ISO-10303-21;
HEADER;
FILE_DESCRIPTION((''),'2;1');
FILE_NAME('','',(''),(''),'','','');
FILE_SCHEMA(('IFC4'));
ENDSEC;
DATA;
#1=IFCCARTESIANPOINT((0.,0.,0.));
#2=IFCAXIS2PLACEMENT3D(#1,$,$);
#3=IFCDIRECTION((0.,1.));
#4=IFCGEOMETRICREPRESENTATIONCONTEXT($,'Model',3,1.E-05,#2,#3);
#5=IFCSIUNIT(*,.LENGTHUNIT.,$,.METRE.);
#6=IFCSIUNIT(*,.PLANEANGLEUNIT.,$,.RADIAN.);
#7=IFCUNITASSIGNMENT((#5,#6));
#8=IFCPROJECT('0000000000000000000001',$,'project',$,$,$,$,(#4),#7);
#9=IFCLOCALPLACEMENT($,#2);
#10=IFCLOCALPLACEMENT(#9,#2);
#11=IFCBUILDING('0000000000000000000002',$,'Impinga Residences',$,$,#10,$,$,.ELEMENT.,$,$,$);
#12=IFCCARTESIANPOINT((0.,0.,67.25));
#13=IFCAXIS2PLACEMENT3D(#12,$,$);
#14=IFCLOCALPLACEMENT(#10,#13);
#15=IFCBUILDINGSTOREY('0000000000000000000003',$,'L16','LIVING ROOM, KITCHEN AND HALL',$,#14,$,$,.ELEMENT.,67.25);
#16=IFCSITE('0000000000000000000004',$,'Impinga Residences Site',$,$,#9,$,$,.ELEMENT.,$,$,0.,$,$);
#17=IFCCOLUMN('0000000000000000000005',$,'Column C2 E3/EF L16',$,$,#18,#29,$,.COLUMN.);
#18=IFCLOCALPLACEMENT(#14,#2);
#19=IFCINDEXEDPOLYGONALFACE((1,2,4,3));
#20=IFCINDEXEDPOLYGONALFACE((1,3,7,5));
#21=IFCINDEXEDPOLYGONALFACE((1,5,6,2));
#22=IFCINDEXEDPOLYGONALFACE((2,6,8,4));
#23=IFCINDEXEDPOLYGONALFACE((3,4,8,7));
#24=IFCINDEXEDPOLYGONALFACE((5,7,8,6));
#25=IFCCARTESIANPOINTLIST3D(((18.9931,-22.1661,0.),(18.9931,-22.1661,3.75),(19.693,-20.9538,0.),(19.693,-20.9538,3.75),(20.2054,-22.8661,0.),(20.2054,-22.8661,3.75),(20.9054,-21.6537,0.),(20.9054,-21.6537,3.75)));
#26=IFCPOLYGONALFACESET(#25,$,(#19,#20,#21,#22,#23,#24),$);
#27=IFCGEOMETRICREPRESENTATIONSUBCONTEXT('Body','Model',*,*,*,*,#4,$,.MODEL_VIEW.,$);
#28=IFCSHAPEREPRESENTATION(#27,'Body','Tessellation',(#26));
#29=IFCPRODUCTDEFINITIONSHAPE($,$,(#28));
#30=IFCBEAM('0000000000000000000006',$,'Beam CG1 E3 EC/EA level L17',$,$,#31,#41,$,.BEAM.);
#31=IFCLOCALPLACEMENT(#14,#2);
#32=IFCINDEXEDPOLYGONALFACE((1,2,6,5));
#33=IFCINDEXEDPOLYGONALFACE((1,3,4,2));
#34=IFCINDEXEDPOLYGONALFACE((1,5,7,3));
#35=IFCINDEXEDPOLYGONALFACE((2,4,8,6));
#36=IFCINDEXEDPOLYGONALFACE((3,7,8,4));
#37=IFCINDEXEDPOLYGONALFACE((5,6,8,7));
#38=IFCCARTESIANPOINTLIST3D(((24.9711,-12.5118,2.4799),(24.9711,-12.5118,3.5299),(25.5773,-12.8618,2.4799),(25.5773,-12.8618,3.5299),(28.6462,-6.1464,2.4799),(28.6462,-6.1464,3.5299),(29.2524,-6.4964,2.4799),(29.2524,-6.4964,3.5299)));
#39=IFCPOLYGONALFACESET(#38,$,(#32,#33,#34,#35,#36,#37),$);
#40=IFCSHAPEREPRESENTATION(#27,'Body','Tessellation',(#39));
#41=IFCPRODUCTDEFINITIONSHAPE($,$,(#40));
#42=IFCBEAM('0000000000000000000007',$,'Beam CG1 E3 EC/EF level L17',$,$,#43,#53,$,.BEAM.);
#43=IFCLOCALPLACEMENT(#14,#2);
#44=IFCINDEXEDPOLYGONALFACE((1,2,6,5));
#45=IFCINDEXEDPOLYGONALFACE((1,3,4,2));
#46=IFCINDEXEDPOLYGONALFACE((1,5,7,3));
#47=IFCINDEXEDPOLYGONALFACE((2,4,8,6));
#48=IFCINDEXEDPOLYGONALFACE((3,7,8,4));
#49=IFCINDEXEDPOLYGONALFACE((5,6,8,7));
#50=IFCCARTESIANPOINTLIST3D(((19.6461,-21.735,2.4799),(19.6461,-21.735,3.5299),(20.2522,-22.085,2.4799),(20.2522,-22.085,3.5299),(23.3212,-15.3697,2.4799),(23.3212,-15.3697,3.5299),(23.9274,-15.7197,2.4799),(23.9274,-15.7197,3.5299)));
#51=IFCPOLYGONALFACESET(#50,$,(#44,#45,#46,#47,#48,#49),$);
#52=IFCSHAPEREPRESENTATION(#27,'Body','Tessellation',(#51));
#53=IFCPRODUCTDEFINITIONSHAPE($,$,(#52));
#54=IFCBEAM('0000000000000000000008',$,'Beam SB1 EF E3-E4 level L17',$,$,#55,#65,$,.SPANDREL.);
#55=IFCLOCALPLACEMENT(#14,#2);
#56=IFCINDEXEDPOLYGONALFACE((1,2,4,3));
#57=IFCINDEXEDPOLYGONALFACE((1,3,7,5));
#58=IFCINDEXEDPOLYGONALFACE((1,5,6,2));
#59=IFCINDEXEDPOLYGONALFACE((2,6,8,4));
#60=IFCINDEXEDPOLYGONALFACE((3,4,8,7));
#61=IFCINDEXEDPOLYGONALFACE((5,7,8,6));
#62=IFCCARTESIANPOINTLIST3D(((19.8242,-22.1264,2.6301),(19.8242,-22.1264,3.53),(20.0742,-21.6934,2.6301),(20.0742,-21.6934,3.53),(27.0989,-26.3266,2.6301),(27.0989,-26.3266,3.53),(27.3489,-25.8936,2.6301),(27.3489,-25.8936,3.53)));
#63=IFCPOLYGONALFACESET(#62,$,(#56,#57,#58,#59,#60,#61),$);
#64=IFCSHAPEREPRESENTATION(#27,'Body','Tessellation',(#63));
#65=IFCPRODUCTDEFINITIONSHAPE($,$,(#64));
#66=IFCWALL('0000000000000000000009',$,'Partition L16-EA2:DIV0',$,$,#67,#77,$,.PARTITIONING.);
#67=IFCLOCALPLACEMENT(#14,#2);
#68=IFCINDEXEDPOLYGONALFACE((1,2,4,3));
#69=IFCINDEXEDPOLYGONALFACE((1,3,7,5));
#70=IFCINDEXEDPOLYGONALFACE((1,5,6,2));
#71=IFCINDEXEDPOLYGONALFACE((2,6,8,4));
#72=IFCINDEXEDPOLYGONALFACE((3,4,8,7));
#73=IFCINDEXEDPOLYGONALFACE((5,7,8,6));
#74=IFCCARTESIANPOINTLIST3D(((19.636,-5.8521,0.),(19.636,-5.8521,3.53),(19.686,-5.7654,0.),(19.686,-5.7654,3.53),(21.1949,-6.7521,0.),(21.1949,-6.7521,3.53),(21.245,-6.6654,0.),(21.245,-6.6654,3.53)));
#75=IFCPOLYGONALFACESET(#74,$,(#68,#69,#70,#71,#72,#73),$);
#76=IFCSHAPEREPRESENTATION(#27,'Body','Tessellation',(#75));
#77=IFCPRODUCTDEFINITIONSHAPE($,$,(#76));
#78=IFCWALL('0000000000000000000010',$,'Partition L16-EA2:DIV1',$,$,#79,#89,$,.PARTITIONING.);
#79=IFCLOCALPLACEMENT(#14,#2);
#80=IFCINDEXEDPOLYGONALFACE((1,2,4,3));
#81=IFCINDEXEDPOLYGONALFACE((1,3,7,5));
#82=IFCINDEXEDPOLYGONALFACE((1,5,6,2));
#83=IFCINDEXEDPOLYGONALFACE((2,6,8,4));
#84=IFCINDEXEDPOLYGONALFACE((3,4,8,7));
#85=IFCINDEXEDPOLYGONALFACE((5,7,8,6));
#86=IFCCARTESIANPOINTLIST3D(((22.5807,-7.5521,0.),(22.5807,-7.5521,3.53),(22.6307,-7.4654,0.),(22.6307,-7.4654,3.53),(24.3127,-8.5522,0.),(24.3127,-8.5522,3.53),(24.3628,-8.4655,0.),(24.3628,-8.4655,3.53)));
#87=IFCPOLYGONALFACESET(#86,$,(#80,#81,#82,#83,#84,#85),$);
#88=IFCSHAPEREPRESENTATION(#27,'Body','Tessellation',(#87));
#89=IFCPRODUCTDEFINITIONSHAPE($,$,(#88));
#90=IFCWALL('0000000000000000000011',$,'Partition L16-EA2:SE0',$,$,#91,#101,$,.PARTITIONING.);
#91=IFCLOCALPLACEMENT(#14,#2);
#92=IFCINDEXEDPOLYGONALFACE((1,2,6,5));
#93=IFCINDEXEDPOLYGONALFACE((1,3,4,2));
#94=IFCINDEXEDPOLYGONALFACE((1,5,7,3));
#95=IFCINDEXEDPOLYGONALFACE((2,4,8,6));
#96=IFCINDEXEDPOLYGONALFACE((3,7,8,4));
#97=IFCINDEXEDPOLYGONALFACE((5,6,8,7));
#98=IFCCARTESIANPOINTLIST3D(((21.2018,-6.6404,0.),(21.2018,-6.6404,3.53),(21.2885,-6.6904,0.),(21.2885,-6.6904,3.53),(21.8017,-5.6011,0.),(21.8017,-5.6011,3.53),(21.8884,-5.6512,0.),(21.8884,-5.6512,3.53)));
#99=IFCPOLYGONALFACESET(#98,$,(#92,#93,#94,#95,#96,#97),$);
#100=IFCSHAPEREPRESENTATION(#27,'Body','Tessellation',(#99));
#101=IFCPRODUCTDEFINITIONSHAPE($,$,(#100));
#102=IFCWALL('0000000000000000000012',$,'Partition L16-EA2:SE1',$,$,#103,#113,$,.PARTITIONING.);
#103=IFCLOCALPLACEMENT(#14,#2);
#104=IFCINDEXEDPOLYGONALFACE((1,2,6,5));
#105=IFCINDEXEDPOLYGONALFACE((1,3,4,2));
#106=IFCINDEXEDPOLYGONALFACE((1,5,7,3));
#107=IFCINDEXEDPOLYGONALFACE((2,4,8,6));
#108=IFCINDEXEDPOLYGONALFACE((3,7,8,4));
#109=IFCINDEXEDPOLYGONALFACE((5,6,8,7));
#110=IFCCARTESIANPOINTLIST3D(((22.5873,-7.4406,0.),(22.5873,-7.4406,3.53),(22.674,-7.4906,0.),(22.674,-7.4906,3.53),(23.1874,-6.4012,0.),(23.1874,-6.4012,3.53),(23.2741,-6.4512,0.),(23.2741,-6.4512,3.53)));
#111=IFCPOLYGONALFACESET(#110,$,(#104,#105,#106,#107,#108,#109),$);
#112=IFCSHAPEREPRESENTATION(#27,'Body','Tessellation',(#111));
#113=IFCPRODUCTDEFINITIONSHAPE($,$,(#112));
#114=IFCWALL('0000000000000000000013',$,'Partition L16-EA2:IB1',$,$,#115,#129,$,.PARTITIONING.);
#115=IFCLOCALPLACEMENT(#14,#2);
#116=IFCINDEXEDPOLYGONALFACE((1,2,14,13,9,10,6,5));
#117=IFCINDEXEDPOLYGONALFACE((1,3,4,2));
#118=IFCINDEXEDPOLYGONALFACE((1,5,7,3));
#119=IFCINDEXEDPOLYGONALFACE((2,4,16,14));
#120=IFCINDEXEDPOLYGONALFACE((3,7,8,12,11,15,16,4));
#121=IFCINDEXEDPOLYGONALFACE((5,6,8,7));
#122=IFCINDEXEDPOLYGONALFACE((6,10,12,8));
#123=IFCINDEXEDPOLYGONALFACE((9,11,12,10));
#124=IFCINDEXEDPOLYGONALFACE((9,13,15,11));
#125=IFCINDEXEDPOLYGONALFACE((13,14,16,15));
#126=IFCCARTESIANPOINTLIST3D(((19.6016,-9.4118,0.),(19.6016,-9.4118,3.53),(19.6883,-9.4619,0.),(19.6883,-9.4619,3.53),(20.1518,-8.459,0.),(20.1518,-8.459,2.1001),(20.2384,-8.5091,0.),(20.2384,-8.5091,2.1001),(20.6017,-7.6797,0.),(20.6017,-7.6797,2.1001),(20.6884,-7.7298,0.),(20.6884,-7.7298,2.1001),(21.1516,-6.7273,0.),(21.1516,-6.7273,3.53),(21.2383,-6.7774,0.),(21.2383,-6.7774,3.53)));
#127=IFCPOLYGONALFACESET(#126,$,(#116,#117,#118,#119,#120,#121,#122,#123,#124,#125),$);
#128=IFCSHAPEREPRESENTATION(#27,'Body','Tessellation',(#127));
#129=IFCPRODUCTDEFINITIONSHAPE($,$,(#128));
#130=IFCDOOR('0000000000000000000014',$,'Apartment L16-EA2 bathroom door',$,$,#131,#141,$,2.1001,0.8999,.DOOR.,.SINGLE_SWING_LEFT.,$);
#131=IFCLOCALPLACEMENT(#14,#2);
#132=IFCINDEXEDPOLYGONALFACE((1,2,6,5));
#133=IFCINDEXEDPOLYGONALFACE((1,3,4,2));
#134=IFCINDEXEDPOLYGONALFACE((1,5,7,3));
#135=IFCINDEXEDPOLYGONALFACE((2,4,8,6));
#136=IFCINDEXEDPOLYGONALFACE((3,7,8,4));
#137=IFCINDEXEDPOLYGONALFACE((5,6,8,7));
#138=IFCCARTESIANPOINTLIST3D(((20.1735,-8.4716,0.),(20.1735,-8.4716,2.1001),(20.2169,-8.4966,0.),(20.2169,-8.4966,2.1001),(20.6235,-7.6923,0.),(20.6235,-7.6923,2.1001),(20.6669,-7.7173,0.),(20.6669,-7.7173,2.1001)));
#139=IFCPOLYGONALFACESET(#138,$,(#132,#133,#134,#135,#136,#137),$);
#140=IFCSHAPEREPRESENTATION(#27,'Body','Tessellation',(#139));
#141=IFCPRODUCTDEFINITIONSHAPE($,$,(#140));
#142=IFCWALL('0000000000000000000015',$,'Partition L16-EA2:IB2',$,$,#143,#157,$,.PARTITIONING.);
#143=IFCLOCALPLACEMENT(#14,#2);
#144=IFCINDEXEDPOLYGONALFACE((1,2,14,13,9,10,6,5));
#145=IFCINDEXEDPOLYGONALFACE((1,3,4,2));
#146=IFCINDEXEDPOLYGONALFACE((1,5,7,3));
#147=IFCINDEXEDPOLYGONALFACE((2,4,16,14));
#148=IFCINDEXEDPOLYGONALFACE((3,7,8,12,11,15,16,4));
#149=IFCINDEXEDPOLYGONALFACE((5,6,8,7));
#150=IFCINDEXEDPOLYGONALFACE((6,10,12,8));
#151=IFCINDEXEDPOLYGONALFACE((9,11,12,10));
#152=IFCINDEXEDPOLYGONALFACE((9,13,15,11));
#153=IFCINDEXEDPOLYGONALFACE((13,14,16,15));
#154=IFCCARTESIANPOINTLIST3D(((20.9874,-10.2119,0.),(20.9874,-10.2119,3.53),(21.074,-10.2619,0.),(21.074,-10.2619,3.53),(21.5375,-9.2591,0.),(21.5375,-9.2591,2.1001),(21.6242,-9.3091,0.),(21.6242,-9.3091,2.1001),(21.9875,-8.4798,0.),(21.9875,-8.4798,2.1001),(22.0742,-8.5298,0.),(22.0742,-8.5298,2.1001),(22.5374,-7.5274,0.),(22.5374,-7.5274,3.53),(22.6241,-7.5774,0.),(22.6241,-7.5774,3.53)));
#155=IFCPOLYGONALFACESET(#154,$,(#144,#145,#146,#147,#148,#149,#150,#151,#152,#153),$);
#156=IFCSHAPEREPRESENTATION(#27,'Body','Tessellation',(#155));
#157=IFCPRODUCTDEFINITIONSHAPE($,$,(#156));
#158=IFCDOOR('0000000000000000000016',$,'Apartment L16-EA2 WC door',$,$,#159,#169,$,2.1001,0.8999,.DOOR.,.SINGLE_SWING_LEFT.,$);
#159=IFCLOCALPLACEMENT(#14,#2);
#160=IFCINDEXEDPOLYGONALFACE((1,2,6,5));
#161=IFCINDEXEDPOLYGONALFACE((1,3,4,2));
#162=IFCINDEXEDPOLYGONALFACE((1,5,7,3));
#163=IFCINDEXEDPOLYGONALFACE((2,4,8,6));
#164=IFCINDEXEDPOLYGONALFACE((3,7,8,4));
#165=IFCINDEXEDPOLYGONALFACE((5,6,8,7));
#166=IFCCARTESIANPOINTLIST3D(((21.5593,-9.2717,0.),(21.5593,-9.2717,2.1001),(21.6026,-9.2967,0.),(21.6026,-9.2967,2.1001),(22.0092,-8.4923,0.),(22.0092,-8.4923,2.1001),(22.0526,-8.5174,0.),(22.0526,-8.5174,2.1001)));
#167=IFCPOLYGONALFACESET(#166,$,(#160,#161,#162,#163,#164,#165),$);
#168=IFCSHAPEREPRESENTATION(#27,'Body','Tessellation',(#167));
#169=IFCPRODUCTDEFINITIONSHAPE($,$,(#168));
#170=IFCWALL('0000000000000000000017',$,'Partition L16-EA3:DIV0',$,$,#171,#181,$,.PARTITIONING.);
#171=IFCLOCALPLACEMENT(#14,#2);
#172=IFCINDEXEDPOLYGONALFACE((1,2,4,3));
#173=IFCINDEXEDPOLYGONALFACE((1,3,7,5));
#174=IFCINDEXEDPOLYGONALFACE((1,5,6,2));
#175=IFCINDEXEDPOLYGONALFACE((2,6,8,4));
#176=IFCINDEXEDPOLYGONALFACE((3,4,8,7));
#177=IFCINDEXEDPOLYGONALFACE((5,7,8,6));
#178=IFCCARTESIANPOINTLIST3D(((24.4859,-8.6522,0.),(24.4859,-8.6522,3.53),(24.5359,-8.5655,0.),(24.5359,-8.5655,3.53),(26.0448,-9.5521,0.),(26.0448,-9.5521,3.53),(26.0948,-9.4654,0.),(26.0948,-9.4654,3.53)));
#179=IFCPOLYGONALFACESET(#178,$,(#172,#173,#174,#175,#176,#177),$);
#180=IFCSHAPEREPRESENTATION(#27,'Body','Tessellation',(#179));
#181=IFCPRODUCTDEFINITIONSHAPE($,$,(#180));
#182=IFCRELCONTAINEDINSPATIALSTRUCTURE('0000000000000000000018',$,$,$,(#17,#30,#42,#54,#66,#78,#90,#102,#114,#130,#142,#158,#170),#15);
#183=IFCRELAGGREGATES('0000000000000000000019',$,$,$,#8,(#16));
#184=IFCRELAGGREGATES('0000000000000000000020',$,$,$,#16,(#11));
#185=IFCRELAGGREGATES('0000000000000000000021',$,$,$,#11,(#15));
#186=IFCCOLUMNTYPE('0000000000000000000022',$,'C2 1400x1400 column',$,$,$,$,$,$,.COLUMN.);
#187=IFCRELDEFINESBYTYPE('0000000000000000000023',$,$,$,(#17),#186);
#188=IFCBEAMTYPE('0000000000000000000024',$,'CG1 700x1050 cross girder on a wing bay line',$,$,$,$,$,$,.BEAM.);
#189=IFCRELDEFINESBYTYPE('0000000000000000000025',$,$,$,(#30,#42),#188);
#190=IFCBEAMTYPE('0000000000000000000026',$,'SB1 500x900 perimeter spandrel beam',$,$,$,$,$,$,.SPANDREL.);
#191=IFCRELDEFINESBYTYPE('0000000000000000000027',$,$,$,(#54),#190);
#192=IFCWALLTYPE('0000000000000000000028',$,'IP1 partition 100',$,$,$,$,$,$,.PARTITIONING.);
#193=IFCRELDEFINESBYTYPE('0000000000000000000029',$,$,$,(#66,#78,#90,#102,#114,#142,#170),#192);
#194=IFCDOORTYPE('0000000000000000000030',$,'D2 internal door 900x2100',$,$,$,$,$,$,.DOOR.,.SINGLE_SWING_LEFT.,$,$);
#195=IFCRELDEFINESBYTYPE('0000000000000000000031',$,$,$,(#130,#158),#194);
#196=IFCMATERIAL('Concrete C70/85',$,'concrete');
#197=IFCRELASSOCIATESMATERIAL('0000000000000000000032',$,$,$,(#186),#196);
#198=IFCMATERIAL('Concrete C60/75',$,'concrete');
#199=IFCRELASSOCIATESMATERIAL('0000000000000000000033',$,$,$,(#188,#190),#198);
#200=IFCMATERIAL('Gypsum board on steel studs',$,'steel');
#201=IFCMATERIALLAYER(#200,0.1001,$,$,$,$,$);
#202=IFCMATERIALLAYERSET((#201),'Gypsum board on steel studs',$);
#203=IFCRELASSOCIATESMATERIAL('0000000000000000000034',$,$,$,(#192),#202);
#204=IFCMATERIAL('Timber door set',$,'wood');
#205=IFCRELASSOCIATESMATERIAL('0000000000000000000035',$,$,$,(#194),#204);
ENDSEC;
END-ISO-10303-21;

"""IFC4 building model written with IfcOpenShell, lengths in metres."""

from ifc_helpers import new_model, si_unit, direction, frame, frame_2d, origin, origin_2d, place, context, subcontext, project, spatial, rectangle, extrude, material, layer, layer_set, material_profile, profile_set, type_object, element, fill, save


model = new_model("IFC4")

# Units and contexts
model_context = context("Model", 3, precision=1e-05, world=origin(), true_north=direction((0.0, 1.0)))
body_context = subcontext(model_context, "Body", "Model", "MODEL_VIEW")
ifc_project = project(units=[si_unit("LENGTHUNIT", "METRE"), si_unit("PLANEANGLEUNIT", "RADIAN")], contexts=[model_context])

# Site, building, storey
site_placement = place(None, origin())
site = spatial("IfcSite", under=ifc_project, at=site_placement, Name="Impinga Residences Site", CompositionType="ELEMENT", RefElevation=0.0)
building_placement = place(site_placement, origin())
building = spatial("IfcBuilding", under=site, at=building_placement, Name="Impinga Residences", CompositionType="ELEMENT")
storey_placement = place(building_placement, frame((0.0, 0.0, 67.25)))
storey = spatial("IfcBuildingStorey", under=building, at=storey_placement, Name="L16", Description="LIVING ROOM, KITCHEN AND HALL", CompositionType="ELEMENT", Elevation=67.25)

# Column
ifc_material_1 = material(Name="Concrete C70/85", Category="concrete")
ifc_material_profile_1 = material_profile(ifc_material_1, rectangle(XDim=1.3999, YDim=1.3999, at=origin_2d()), Name="RC 1400x1400")
ifc_profile_set_1 = profile_set([ifc_material_profile_1], Name="Concrete C70/85")
column_type = type_object("IfcColumnType", Name="C2 1400x1400 column", PredefinedType="COLUMN", material=ifc_profile_set_1)
column_placement = place(storey_placement, frame((19.9492, -21.9099, 0.0), z_axis=(0.0, 0.0, 1.0), x_axis=(-0.5, -0.866025, 0.0)))
element("IfcColumn", 1, at=column_placement, inside=storey, type_object=column_type, Name="Column C2 E3/EF L16", PredefinedType="COLUMN", context=body_context, shape_type="SweptSolid", body=[
    extrude(rectangle(XDim=1.3999, YDim=1.3999, at=origin_2d()), origin(), (0.0, 0.0, 1.0), 3.75),
])

# Beams
ifc_material_2 = material(Name="Concrete C60/75", Category="concrete")
ifc_material_profile_2 = material_profile(ifc_material_2, rectangle(XDim=0.7, YDim=1.05, at=origin_2d()), Name="RC 700x1050")
ifc_profile_set_2 = profile_set([ifc_material_profile_2], Name="Concrete C60/75")
beam_type_1 = type_object("IfcBeamType", Name="CG1 700x1050 cross girder on a wing bay line", PredefinedType="BEAM", material=ifc_profile_set_2)
for number, where, z_axis, x_axis, name in (
    (2, (25.2742, -12.6868, 3.0049), (0.500008, 0.866021, 0.0), (-0.866021, 0.500008, 0.0), "Beam CG1 E3 EC/EA level L17"),
    (3, (23.6243, -15.5447, 3.0049), (-0.500008, -0.866021, 0.0), (0.866021, -0.500008, 0.0), "Beam CG1 E3 EC/EF level L17"),
):
    element("IfcBeam", number, at=place(storey_placement, frame(where, z_axis=z_axis, x_axis=x_axis)), inside=storey, type_object=beam_type_1, Name=name, PredefinedType="BEAM", context=body_context, shape_type="SweptSolid", body=[
        extrude(rectangle(XDim=0.7, YDim=1.05, at=origin_2d()), origin(), (0.0, 0.0, 1.0), 7.3501),
    ])
ifc_material_profile_3 = material_profile(ifc_material_2, rectangle(XDim=0.5, YDim=0.8999, at=origin_2d()), Name="RC 500x900")
ifc_profile_set_3 = profile_set([ifc_material_profile_3], Name="Concrete C60/75")
beam_type_2 = type_object("IfcBeamType", Name="SB1 500x900 perimeter spandrel beam", PredefinedType="SPANDREL", material=ifc_profile_set_3)
beam_placement = place(storey_placement, frame((19.9492, -21.9099, 3.0801), z_axis=(0.866017, -0.500015, 0.0), x_axis=(0.500015, 0.866017, 0.0)))
element("IfcBeam", 4, at=beam_placement, inside=storey, type_object=beam_type_2, Name="Beam SB1 EF E3-E4 level L17", PredefinedType="SPANDREL", context=body_context, shape_type="SweptSolid", body=[
    extrude(rectangle(XDim=0.5, YDim=0.8999, at=origin_2d()), origin(), (0.0, 0.0, 1.0), 8.4001),
])

# Walls
ifc_material_3 = material(Name="Gypsum board on steel studs", Category="steel")
ifc_layer_1 = layer(ifc_material_3, 0.1001)
ifc_layer_set_1 = layer_set([ifc_layer_1], Name="Gypsum board on steel studs")
wall_type_1 = type_object("IfcWallType", Name="IP1 partition 100", PredefinedType="PARTITIONING", material=ifc_layer_set_1)
wall_1_placement = place(storey_placement, frame((19.6611, -5.8088, 0.0), z_axis=(0.0, 0.0, 1.0), x_axis=(0.866048, -0.499961, 0.0)))
element("IfcWall", 5, at=wall_1_placement, inside=storey, type_object=wall_type_1, Name="Partition L16-EA2:DIV0", PredefinedType="PARTITIONING", context=body_context, shape_type="SweptSolid", body=[
    extrude(rectangle(XDim=1.8, YDim=0.1001, at=frame_2d((0.8999, 0.0))), origin(), (0.0, 0.0, 1.0), 3.53),
])
wall_2_placement = place(storey_placement, frame((22.6057, -7.5088, 0.0), z_axis=(0.0, 0.0, 1.0), x_axis=(0.866011, -0.500025, 0.0)))
element("IfcWall", 6, at=wall_2_placement, inside=storey, type_object=wall_type_1, Name="Partition L16-EA2:DIV1", PredefinedType="PARTITIONING", context=body_context, shape_type="SweptSolid", body=[
    extrude(rectangle(XDim=2.0, YDim=0.1001, at=frame_2d((1.0, 0.0))), origin(), (0.0, 0.0, 1.0), 3.53),
])
wall_3_placement = place(storey_placement, frame((21.2451, -6.6655, 0.0), z_axis=(0.0, 0.0, 1.0), x_axis=(0.499881, 0.866094, 0.0)))
element("IfcWall", 7, at=wall_3_placement, inside=storey, type_object=wall_type_1, Name="Partition L16-EA2:SE0", PredefinedType="PARTITIONING", context=body_context, shape_type="SweptSolid", body=[
    extrude(rectangle(XDim=1.2, YDim=0.1001, at=frame_2d((0.6001, 0.0))), origin(), (0.0, 0.0, 1.0), 3.53),
])
wall_4_placement = place(storey_placement, frame((22.6306, -7.4656, 0.0), z_axis=(0.0, 0.0, 1.0), x_axis=(0.500034, 0.866006, 0.0)))
element("IfcWall", 8, at=wall_4_placement, inside=storey, type_object=wall_type_1, Name="Partition L16-EA2:SE1", PredefinedType="PARTITIONING", context=body_context, shape_type="SweptSolid", body=[
    extrude(rectangle(XDim=1.2002, YDim=0.1001, at=frame_2d((0.6001, 0.0))), origin(), (0.0, 0.0, 1.0), 3.53),
])

# Walls, openings, doors
wall_5_placement = place(storey_placement, frame((19.645, -9.4368, 0.0), z_axis=(0.0, 0.0, 1.0), x_axis=(0.500027, 0.86601, 0.0)))
wall_5 = element("IfcWall", 9, at=wall_5_placement, inside=storey, type_object=wall_type_1, Name="Partition L16-EA2:IB1", PredefinedType="PARTITIONING", context=body_context, shape_type="SweptSolid", body=[
    extrude(rectangle(XDim=3.0999, YDim=0.1001, at=frame_2d((1.5498, 0.0))), origin(), (0.0, 0.0, 1.0), 3.53),
])
opening_1_placement = place(wall_5_placement, frame((1.1001, 0.0, 0.0)))
opening_1 = element("IfcOpeningElement", 10, at=opening_1_placement, cuts=wall_5, PredefinedType="OPENING", context=body_context, shape_type="SweptSolid", body=[
    extrude(rectangle(XDim=0.8999, YDim=2.1001, at=frame_2d((0.45, 1.05))), frame((0.0, 0.0601, 0.0), z_axis=(0.0, -1.0, 0.0), x_axis=(1.0, 0.0, 0.0)), (0.0, 0.0, 1.0), 0.1201),
])
ifc_material_4 = material(Name="Timber door set", Category="wood")
door_type = type_object("IfcDoorType", Name="D2 internal door 900x2100", OperationType="SINGLE_SWING_LEFT", PredefinedType="DOOR", material=ifc_material_4)
door_1_placement = place(opening_1_placement, origin())
door_1 = element("IfcDoor", 11, at=door_1_placement, inside=storey, type_object=door_type, Name="Apartment L16-EA2 bathroom door", OperationType="SINGLE_SWING_LEFT", OverallHeight=2.1001, OverallWidth=0.8999, PredefinedType="DOOR", context=body_context, shape_type="SweptSolid", body=[
    extrude(rectangle(XDim=0.8999, YDim=2.1001, at=frame_2d((0.45, 1.05))), frame((0.0, 0.0249, 0.0), z_axis=(0.0, -1.0, 0.0), x_axis=(1.0, 0.0, 0.0)), (0.0, 0.0, 1.0), 0.05),
])
fill(opening_1, door_1)
wall_6_placement = place(storey_placement, frame((21.0308, -10.2368, 0.0), z_axis=(0.0, 0.0, 1.0), x_axis=(0.500027, 0.86601, 0.0)))
wall_6 = element("IfcWall", 12, at=wall_6_placement, inside=storey, type_object=wall_type_1, Name="Partition L16-EA2:IB2", PredefinedType="PARTITIONING", context=body_context, shape_type="SweptSolid", body=[
    extrude(rectangle(XDim=3.0999, YDim=0.1001, at=frame_2d((1.5498, 0.0))), origin(), (0.0, 0.0, 1.0), 3.53),
])
opening_2_placement = place(wall_6_placement, frame((1.1001, 0.0, 0.0)))
opening_2 = element("IfcOpeningElement", 13, at=opening_2_placement, cuts=wall_6, PredefinedType="OPENING", context=body_context, shape_type="SweptSolid", body=[
    extrude(rectangle(XDim=0.8999, YDim=2.1001, at=frame_2d((0.45, 1.05))), frame((0.0, 0.0601, 0.0), z_axis=(0.0, -1.0, 0.0), x_axis=(1.0, 0.0, 0.0)), (0.0, 0.0, 1.0), 0.1201),
])
door_2_placement = place(opening_2_placement, origin())
door_2 = element("IfcDoor", 14, at=door_2_placement, inside=storey, type_object=door_type, Name="Apartment L16-EA2 WC door", OperationType="SINGLE_SWING_LEFT", OverallHeight=2.1001, OverallWidth=0.8999, PredefinedType="DOOR", context=body_context, shape_type="SweptSolid", body=[
    extrude(rectangle(XDim=0.8999, YDim=2.1001, at=frame_2d((0.45, 1.05))), frame((0.0, 0.0249, 0.0), z_axis=(0.0, -1.0, 0.0), x_axis=(1.0, 0.0, 0.0)), (0.0, 0.0, 1.0), 0.05),
])
fill(opening_2, door_2)

# Wall
wall_7_placement = place(storey_placement, frame((24.511, -8.6089, 0.0), z_axis=(0.0, 0.0, 1.0), x_axis=(0.866048, -0.499961, 0.0)))
element("IfcWall", 15, at=wall_7_placement, inside=storey, type_object=wall_type_1, Name="Partition L16-EA3:DIV0", PredefinedType="PARTITIONING", context=body_context, shape_type="SweptSolid", body=[
    extrude(rectangle(XDim=1.8, YDim=0.1001, at=frame_2d((0.8999, 0.0))), origin(), (0.0, 0.0, 1.0), 3.53),
])

save(model, "model.ifc")
